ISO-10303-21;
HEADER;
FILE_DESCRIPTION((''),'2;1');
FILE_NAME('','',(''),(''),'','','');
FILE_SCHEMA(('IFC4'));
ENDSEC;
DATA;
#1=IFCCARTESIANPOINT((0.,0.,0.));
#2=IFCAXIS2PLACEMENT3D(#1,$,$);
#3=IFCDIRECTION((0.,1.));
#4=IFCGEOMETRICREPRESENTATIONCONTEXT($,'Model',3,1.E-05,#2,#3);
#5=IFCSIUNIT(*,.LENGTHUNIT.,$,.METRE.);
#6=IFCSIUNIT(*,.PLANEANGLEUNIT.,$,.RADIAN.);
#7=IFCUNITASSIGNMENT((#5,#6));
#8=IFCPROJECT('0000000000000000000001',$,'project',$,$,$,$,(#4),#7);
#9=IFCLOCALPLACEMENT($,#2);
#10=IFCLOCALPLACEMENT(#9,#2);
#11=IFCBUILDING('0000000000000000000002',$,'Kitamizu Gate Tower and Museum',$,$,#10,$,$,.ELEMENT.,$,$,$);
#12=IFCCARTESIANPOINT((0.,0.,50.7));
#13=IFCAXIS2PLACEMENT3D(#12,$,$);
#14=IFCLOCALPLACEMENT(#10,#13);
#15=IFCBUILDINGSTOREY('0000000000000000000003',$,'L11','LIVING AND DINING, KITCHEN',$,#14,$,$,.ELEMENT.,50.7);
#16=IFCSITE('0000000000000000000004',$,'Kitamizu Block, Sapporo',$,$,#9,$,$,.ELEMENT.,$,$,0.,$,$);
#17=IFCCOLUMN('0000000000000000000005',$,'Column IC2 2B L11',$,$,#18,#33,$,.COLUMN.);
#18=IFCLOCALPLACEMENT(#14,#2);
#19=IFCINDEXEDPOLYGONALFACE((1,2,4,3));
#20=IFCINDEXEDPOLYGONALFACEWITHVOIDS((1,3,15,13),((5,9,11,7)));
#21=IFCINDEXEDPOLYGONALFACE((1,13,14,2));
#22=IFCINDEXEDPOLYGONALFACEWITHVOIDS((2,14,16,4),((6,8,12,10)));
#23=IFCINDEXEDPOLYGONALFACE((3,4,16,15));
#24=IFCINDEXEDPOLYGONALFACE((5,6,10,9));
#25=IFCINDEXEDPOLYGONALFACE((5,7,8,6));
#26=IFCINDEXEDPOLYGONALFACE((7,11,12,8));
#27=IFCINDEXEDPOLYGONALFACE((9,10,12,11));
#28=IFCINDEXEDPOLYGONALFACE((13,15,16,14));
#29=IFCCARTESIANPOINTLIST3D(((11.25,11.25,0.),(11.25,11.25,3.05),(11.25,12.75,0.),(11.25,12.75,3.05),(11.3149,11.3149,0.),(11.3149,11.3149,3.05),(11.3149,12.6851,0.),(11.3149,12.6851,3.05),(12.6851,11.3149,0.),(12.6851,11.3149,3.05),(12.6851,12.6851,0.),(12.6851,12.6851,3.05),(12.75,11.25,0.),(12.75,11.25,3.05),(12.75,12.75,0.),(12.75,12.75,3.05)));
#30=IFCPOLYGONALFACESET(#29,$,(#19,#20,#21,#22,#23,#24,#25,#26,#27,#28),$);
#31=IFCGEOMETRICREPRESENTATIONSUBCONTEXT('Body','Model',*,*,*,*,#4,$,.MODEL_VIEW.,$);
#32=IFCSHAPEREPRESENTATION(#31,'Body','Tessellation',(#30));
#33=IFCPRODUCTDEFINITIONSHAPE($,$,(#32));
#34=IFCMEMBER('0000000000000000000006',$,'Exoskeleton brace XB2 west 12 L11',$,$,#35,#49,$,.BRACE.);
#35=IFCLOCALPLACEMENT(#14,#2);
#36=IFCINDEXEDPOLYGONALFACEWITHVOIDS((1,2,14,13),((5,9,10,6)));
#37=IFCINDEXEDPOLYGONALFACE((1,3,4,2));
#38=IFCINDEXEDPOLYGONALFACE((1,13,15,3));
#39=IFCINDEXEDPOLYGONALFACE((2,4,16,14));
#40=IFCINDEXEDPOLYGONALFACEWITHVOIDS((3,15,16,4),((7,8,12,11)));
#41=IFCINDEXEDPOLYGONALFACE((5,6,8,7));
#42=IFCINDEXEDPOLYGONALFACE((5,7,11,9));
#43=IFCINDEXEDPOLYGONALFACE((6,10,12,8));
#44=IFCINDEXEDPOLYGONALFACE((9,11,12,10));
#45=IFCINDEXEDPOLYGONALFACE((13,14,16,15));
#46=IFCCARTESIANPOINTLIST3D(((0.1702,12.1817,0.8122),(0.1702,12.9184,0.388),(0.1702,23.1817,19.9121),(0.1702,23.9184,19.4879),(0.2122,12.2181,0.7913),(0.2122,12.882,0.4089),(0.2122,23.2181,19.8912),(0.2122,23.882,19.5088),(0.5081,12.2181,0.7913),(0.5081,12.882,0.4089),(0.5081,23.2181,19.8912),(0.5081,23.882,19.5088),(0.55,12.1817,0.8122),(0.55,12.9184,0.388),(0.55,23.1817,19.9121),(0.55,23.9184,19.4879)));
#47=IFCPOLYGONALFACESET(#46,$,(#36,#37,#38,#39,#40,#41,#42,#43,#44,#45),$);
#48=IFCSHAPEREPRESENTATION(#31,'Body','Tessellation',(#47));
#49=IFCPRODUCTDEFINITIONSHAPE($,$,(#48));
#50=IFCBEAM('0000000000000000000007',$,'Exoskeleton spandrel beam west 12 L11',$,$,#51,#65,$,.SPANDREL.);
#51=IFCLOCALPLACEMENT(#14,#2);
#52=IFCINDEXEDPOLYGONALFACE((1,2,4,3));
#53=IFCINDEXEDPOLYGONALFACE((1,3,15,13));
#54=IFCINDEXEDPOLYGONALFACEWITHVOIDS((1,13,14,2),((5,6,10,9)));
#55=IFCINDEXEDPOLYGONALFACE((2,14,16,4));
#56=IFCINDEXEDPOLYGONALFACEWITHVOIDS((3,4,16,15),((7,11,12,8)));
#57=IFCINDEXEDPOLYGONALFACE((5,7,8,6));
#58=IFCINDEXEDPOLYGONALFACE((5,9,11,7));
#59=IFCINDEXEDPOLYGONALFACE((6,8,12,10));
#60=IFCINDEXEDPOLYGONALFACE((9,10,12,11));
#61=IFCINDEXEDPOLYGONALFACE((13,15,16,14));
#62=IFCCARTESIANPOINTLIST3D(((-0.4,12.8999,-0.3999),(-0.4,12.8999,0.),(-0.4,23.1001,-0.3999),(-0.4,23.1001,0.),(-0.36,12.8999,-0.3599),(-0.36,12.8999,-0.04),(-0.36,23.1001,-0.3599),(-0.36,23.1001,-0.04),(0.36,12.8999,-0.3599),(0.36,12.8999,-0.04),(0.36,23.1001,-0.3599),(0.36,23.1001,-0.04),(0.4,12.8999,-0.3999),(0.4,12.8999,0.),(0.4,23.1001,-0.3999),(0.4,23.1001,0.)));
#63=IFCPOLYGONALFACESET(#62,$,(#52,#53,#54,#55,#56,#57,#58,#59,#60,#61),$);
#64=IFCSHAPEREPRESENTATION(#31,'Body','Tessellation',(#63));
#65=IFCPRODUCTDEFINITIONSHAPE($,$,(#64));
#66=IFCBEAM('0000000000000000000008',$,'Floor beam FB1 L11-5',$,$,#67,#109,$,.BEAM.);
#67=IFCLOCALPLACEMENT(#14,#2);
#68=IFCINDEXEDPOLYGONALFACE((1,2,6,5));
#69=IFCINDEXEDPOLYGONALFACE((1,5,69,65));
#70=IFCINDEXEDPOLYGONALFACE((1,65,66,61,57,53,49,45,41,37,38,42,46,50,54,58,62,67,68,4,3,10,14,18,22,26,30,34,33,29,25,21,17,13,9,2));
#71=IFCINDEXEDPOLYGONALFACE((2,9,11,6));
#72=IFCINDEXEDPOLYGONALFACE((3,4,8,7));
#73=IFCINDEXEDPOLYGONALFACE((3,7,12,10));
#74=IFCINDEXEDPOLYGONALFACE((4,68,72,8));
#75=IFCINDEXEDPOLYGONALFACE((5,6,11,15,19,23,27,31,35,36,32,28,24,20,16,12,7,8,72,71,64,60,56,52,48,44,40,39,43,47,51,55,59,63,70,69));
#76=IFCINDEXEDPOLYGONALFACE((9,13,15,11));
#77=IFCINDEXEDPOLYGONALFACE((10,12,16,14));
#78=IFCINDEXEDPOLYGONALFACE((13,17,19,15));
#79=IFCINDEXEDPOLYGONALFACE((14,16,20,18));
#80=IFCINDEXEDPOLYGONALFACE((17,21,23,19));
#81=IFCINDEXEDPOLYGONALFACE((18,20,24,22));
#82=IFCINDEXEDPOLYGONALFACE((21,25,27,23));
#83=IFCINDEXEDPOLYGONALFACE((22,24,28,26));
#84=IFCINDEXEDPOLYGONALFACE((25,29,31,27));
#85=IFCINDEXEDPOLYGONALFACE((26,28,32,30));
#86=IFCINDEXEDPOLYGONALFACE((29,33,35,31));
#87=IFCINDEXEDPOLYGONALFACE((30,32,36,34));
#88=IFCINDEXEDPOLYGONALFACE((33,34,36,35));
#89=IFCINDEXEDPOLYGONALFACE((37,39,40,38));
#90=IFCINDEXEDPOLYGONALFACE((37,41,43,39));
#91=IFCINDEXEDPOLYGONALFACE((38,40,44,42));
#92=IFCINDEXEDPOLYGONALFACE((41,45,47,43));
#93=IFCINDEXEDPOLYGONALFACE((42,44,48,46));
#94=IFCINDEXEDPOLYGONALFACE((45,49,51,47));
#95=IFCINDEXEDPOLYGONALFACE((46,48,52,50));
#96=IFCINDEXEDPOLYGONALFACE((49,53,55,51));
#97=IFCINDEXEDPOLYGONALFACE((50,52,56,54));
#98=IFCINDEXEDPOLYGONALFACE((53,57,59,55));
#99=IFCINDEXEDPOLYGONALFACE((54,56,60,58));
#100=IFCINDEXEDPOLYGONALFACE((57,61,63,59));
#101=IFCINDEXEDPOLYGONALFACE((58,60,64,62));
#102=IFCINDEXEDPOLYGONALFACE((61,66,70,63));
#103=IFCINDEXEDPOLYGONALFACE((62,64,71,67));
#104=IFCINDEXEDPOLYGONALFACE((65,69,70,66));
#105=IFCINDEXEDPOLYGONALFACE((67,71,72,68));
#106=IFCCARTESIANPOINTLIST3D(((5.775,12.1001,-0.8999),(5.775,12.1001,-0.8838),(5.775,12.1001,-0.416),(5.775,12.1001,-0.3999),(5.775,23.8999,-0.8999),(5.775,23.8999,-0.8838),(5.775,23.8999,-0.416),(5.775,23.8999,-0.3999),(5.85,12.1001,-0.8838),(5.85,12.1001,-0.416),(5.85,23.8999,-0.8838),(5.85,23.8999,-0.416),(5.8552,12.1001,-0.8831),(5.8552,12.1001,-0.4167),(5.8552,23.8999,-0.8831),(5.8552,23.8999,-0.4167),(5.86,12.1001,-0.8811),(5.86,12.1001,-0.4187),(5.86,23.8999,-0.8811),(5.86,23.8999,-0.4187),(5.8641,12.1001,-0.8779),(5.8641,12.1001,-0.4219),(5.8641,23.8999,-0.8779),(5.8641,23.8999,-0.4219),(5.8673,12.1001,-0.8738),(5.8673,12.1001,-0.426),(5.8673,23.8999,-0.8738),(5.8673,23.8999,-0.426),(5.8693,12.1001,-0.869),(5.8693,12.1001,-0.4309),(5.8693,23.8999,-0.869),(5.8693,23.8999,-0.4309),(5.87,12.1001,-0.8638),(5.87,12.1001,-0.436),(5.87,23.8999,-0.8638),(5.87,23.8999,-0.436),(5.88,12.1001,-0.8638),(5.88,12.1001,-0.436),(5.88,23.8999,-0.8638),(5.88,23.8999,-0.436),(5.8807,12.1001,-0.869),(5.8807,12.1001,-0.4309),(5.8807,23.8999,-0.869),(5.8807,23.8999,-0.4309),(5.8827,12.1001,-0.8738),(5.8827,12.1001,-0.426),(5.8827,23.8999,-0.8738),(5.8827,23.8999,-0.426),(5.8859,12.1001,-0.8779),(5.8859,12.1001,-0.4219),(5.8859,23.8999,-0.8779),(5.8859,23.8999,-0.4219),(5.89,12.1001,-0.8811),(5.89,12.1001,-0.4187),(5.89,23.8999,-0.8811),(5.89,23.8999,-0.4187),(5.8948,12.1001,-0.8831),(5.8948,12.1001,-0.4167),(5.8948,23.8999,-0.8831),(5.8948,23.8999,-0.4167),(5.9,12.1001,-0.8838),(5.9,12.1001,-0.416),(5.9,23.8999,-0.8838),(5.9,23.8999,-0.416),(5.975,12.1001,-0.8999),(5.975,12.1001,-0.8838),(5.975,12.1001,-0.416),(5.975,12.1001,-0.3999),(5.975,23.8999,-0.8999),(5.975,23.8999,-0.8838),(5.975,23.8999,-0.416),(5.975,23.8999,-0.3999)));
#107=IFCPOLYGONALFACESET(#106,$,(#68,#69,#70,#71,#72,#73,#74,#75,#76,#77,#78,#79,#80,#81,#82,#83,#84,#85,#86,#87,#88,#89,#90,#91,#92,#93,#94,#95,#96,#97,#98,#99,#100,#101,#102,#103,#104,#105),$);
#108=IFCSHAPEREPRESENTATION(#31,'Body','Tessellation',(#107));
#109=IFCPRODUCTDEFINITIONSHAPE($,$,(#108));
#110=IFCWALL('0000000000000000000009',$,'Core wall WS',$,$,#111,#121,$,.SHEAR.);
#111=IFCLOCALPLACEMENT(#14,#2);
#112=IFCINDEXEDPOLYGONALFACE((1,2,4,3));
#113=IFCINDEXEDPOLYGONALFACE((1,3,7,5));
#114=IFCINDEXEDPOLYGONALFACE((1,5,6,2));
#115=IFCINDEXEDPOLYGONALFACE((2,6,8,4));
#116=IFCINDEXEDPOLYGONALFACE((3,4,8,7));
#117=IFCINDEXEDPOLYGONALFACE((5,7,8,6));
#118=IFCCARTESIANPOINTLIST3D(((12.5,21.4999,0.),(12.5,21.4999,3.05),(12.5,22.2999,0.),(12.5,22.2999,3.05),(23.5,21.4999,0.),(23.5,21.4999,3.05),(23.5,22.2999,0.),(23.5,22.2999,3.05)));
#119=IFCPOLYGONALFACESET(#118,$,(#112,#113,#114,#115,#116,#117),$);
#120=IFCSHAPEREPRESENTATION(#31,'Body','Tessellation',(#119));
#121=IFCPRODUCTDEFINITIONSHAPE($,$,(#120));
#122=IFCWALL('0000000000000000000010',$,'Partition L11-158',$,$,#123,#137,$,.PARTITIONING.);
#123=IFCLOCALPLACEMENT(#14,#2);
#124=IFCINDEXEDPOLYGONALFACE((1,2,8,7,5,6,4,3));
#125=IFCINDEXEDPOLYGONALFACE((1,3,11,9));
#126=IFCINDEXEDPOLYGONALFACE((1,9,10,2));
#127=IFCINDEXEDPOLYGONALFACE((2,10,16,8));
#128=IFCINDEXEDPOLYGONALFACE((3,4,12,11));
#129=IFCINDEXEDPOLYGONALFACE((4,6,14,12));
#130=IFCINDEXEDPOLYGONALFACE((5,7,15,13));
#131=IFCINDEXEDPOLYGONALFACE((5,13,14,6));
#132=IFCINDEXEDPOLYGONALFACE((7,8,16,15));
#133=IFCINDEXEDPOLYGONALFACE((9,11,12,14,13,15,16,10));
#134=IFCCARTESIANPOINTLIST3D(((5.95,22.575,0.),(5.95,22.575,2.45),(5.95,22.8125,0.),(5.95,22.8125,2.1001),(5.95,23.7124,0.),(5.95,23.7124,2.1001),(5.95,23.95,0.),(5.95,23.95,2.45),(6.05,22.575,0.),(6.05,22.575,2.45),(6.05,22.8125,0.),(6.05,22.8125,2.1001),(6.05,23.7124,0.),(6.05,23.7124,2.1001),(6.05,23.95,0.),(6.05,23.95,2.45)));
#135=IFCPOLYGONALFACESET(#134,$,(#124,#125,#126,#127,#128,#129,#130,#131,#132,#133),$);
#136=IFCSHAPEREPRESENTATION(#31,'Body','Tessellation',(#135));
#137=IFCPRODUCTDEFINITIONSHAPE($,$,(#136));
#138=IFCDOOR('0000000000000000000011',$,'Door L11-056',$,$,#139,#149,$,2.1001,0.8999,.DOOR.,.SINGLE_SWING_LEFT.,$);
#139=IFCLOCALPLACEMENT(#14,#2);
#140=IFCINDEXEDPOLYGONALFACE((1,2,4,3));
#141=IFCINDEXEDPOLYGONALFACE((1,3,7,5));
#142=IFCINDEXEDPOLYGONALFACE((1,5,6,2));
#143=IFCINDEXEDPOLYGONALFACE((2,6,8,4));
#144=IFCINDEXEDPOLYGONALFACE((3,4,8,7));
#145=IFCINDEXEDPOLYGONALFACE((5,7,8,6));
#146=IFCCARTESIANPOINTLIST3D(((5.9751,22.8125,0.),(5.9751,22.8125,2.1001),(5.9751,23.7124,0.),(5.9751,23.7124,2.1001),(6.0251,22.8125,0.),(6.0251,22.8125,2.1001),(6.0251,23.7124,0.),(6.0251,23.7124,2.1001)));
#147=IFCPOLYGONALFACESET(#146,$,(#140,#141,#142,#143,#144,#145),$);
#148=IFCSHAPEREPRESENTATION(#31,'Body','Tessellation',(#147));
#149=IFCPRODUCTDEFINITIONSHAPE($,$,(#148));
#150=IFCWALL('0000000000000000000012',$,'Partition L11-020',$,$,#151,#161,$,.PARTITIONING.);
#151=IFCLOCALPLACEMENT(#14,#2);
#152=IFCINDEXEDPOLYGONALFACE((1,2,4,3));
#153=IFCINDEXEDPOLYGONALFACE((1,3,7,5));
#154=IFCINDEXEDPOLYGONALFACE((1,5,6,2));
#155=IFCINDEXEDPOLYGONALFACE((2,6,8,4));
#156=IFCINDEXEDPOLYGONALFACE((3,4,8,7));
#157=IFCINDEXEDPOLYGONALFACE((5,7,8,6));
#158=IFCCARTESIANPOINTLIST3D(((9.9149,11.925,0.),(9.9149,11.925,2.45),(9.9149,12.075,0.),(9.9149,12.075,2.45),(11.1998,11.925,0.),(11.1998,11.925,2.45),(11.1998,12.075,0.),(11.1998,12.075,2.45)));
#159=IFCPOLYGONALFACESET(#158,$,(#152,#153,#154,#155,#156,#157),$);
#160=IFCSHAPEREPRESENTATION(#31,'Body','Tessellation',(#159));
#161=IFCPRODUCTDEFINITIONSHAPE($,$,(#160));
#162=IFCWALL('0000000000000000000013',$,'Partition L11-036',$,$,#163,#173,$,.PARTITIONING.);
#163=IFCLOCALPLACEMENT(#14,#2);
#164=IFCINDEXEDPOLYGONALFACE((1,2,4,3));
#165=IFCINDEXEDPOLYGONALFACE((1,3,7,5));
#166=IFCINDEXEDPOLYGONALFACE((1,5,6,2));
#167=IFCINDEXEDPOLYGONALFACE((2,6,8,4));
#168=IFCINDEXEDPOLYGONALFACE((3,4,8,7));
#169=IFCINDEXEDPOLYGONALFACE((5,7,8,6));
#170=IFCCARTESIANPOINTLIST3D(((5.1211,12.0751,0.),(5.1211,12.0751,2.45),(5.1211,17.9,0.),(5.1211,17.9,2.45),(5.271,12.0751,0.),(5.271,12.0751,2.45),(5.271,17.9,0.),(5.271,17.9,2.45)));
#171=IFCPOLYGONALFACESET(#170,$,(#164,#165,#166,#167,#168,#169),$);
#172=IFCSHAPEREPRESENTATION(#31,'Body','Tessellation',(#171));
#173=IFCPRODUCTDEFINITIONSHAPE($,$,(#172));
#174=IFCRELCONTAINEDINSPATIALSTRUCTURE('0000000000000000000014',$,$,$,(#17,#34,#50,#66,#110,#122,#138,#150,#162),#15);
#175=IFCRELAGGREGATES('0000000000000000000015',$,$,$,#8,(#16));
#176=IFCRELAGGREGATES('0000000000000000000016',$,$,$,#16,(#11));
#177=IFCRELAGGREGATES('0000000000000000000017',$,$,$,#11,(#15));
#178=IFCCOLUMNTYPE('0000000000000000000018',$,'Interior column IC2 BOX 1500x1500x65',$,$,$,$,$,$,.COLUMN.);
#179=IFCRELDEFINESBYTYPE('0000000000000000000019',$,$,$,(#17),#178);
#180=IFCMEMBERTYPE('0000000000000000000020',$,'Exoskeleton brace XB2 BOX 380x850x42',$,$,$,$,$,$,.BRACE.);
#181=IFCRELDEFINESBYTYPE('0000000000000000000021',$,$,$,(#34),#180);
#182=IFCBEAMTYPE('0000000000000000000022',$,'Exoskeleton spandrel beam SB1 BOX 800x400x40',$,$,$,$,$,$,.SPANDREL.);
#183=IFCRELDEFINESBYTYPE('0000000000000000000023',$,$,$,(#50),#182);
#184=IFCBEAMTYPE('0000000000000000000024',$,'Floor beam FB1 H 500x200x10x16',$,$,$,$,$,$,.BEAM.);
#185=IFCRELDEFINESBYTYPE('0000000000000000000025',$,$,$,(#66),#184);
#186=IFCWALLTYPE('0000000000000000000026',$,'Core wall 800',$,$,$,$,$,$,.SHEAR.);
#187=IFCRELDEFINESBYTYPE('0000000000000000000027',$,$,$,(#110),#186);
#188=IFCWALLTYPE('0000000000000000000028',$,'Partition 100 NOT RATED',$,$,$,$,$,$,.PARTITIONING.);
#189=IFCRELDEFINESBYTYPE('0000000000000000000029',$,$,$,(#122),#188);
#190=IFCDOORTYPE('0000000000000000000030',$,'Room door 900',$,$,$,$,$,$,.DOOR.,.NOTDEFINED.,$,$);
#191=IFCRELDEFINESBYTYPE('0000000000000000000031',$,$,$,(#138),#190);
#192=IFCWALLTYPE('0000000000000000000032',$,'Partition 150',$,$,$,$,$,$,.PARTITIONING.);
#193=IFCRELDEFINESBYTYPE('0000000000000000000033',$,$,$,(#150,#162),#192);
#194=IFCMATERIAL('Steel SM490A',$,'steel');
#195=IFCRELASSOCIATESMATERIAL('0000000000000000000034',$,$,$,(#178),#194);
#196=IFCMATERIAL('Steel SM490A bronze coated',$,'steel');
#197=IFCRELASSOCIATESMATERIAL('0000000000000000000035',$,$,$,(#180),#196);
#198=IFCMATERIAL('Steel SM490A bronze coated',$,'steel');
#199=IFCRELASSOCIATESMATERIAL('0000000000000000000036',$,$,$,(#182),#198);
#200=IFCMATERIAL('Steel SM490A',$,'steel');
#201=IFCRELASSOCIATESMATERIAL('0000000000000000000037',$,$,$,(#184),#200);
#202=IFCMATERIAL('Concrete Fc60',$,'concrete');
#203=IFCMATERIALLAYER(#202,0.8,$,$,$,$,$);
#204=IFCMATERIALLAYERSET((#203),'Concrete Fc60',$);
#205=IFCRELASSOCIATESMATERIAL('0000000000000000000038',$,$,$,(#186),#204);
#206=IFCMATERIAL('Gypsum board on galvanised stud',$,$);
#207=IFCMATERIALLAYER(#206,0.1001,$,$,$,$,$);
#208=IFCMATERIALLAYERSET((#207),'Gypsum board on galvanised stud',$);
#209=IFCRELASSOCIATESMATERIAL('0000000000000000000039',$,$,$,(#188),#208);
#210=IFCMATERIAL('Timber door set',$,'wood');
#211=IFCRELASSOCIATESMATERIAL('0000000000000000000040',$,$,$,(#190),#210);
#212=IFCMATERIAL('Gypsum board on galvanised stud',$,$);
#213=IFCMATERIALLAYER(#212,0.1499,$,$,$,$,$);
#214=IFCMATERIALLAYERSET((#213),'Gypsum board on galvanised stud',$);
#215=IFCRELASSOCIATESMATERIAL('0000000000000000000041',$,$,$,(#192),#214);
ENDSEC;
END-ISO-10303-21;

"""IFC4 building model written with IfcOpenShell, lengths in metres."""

from ifc_helpers import new_model, si_unit, direction, frame, frame_2d, origin, origin_2d, place, context, subcontext, project, spatial, rectangle, hollow_rectangle, i_section, extrude, material, layer, layer_set, material_profile, profile_set, type_object, element, fill, save


model = new_model("IFC4")

# Units and contexts
model_context = context("Model", 3, precision=1e-05, world=origin(), true_north=direction((0.0, 1.0)))
body_context = subcontext(model_context, "Body", "Model", "MODEL_VIEW")
ifc_project = project(units=[si_unit("LENGTHUNIT", "METRE"), si_unit("PLANEANGLEUNIT", "RADIAN")], contexts=[model_context])

# Site, building, storey
site_placement = place(None, origin())
site = spatial("IfcSite", under=ifc_project, at=site_placement, Name="Kitamizu Block, Sapporo", CompositionType="ELEMENT", RefElevation=0.0)
building_placement = place(site_placement, origin())
building = spatial("IfcBuilding", under=site, at=building_placement, Name="Kitamizu Gate Tower and Museum", CompositionType="ELEMENT")
storey_placement = place(building_placement, frame((0.0, 0.0, 50.7)))
storey = spatial("IfcBuildingStorey", under=building, at=storey_placement, Name="L11", Description="LIVING AND DINING, KITCHEN", CompositionType="ELEMENT", Elevation=50.7)

# Column
ifc_material_1 = material(Name="Steel SM490A", Category="steel")
ifc_material_profile_1 = material_profile(ifc_material_1, hollow_rectangle(XDim=1.5, YDim=1.5, WallThickness=0.0649, at=origin_2d()), Name="BOX 1500x1500x65")
ifc_profile_set_1 = profile_set([ifc_material_profile_1], Name="Steel SM490A")
column_type = type_object("IfcColumnType", Name="Interior column IC2 BOX 1500x1500x65", PredefinedType="COLUMN", material=ifc_profile_set_1)
column_placement = place(storey_placement, frame((12.0, 12.0, 0.0), z_axis=(0.0, 0.0, 1.0), x_axis=(1.0, 0.0, 0.0)))
element("IfcColumn", 1, at=column_placement, inside=storey, type_object=column_type, Name="Column IC2 2B L11", PredefinedType="COLUMN", context=body_context, shape_type="SweptSolid", body=[
    extrude(hollow_rectangle(XDim=1.5, YDim=1.5, WallThickness=0.0649, at=origin_2d()), origin(), (0.0, 0.0, 1.0), 3.05),
])

# Member
ifc_material_2 = material(Name="Steel SM490A bronze coated", Category="steel")
ifc_material_profile_2 = material_profile(ifc_material_2, hollow_rectangle(XDim=0.3799, YDim=0.8501, WallThickness=0.042, at=origin_2d()), Name="BOX 380x850x42")
ifc_profile_set_2 = profile_set([ifc_material_profile_2], Name="Steel SM490A bronze coated")
member_type = type_object("IfcMemberType", Name="Exoskeleton brace XB2 BOX 380x850x42", PredefinedType="BRACE", material=ifc_profile_set_2)
member_placement = place(storey_placement, frame((0.3601, 12.55, 0.6001), z_axis=(0.0, 0.499071, 0.866561), x_axis=(-1.0, 0.0, 0.0)))
element("IfcMember", 2, at=member_placement, inside=storey, type_object=member_type, Name="Exoskeleton brace XB2 west 12 L11", PredefinedType="BRACE", context=body_context, shape_type="SweptSolid", body=[
    extrude(hollow_rectangle(XDim=0.3799, YDim=0.8501, WallThickness=0.042, at=origin_2d()), origin(), (0.0, 0.0, 1.0), 22.041),
])

# Beams
ifc_material_3 = material(Name="Steel SM490A bronze coated", Category="steel")
ifc_material_profile_3 = material_profile(ifc_material_3, hollow_rectangle(XDim=0.8, YDim=0.3999, WallThickness=0.04, at=origin_2d()), Name="BOX 800x400x40")
ifc_profile_set_3 = profile_set([ifc_material_profile_3], Name="Steel SM490A bronze coated")
beam_type_1 = type_object("IfcBeamType", Name="Exoskeleton spandrel beam SB1 BOX 800x400x40", PredefinedType="SPANDREL", material=ifc_profile_set_3)
beam_1_placement = place(storey_placement, frame((0.0, 12.8999, -0.2), z_axis=(0.0, 1.0, 0.0), x_axis=(-1.0, 0.0, 0.0)))
element("IfcBeam", 3, at=beam_1_placement, inside=storey, type_object=beam_type_1, Name="Exoskeleton spandrel beam west 12 L11", PredefinedType="SPANDREL", context=body_context, shape_type="SweptSolid", body=[
    extrude(hollow_rectangle(XDim=0.8, YDim=0.3999, WallThickness=0.04, at=origin_2d()), origin(), (0.0, 0.0, 1.0), 10.2002),
])
ifc_material_4 = material(Name="Steel SM490A", Category="steel")
ifc_material_profile_4 = material_profile(ifc_material_4, i_section(OverallWidth=0.2, OverallDepth=0.5, WebThickness=0.01, FlangeThickness=0.0161, FilletRadius=0.02, at=origin_2d()), Name="H-500x200x10x16")
ifc_profile_set_4 = profile_set([ifc_material_profile_4], Name="Steel SM490A")
beam_type_2 = type_object("IfcBeamType", Name="Floor beam FB1 H 500x200x10x16", PredefinedType="BEAM", material=ifc_profile_set_4)
beam_2_placement = place(storey_placement, frame((5.875, 12.1001, -0.6499), z_axis=(0.0, 1.0, 0.0), x_axis=(-1.0, 0.0, 0.0)))
element("IfcBeam", 4, at=beam_2_placement, inside=storey, type_object=beam_type_2, Name="Floor beam FB1 L11-5", PredefinedType="BEAM", context=body_context, shape_type="SweptSolid", body=[
    extrude(i_section(OverallWidth=0.2, OverallDepth=0.5, WebThickness=0.01, FlangeThickness=0.0161, FilletRadius=0.02, at=origin_2d()), origin(), (0.0, 0.0, 1.0), 11.7998),
])

# Wall
ifc_material_5 = material(Name="Concrete Fc60", Category="concrete")
ifc_layer_1 = layer(ifc_material_5, 0.8)
ifc_layer_set_1 = layer_set([ifc_layer_1], Name="Concrete Fc60")
wall_type_1 = type_object("IfcWallType", Name="Core wall 800", PredefinedType="SHEAR", material=ifc_layer_set_1)
wall_1_placement = place(storey_placement, frame((12.5, 21.8999, 0.0), z_axis=(0.0, 0.0, 1.0), x_axis=(1.0, 0.0, 0.0)))
element("IfcWall", 5, at=wall_1_placement, inside=storey, type_object=wall_type_1, Name="Core wall WS", PredefinedType="SHEAR", context=body_context, shape_type="SweptSolid", body=[
    extrude(rectangle(XDim=11.0, YDim=0.8, at=frame_2d((5.5, 0.0))), origin(), (0.0, 0.0, 1.0), 3.05),
])

# Wall, opening, door
ifc_material_6 = material(Name="Gypsum board on galvanised stud")
ifc_layer_2 = layer(ifc_material_6, 0.1001)
ifc_layer_set_2 = layer_set([ifc_layer_2], Name="Gypsum board on galvanised stud")
wall_type_2 = type_object("IfcWallType", Name="Partition 100 NOT RATED", PredefinedType="PARTITIONING", material=ifc_layer_set_2)
wall_2_placement = place(storey_placement, frame((6.0, 22.575, 0.0), z_axis=(0.0, 0.0, 1.0), x_axis=(0.0, 1.0, 0.0)))
wall_2 = element("IfcWall", 6, at=wall_2_placement, inside=storey, type_object=wall_type_2, Name="Partition L11-158", PredefinedType="PARTITIONING", context=body_context, shape_type="SweptSolid", body=[
    extrude(rectangle(XDim=1.375, YDim=0.1001, at=frame_2d((0.6875, 0.0))), origin(), (0.0, 0.0, 1.0), 2.45),
])
opening_1_placement = place(wall_2_placement, frame((0.2375, 0.0, 0.0)))
opening_1 = element("IfcOpeningElement", 7, at=opening_1_placement, cuts=wall_2, PredefinedType="OPENING", context=body_context, shape_type="SweptSolid", body=[
    extrude(rectangle(XDim=0.8999, YDim=2.1001, at=frame_2d((0.45, 1.05))), frame((0.0, 0.0601, 0.0), z_axis=(0.0, -1.0, 0.0), x_axis=(1.0, 0.0, 0.0)), (0.0, 0.0, 1.0), 0.1201),
])
ifc_material_7 = material(Name="Timber door set", Category="wood")
door_type_1 = type_object("IfcDoorType", Name="Room door 900", OperationType="NOTDEFINED", PredefinedType="DOOR", material=ifc_material_7)
door_1_placement = place(opening_1_placement, origin())
door_1 = element("IfcDoor", 8, at=door_1_placement, inside=storey, type_object=door_type_1, Name="Door L11-056", OperationType="SINGLE_SWING_LEFT", OverallHeight=2.1001, OverallWidth=0.8999, PredefinedType="DOOR", context=body_context, shape_type="SweptSolid", body=[
    extrude(rectangle(XDim=0.8999, YDim=2.1001, at=frame_2d((0.45, 1.05))), frame((0.0, 0.0249, 0.0), z_axis=(0.0, -1.0, 0.0), x_axis=(1.0, 0.0, 0.0)), (0.0, 0.0, 1.0), 0.05),
])
fill(opening_1, door_1)

# Walls
ifc_material_8 = material(Name="Gypsum board on galvanised stud")
ifc_layer_3 = layer(ifc_material_8, 0.1499)
ifc_layer_set_3 = layer_set([ifc_layer_3], Name="Gypsum board on galvanised stud")
wall_type_3 = type_object("IfcWallType", Name="Partition 150", PredefinedType="PARTITIONING", material=ifc_layer_set_3)
wall_3_placement = place(storey_placement, frame((11.2, 12.0, 0.0), z_axis=(0.0, 0.0, 1.0), x_axis=(-1.0, 0.0, 0.0)))
element("IfcWall", 9, at=wall_3_placement, inside=storey, type_object=wall_type_3, Name="Partition L11-020", PredefinedType="PARTITIONING", context=body_context, shape_type="SweptSolid", body=[
    extrude(rectangle(XDim=1.2849, YDim=0.1499, at=frame_2d((0.6426, 0.0))), origin(), (0.0, 0.0, 1.0), 2.45),
])
wall_4_placement = place(storey_placement, frame((5.196, 12.075, 0.0), z_axis=(0.0, 0.0, 1.0), x_axis=(0.0, 1.0, 0.0)))
element("IfcWall", 10, at=wall_4_placement, inside=storey, type_object=wall_type_3, Name="Partition L11-036", PredefinedType="PARTITIONING", context=body_context, shape_type="SweptSolid", body=[
    extrude(rectangle(XDim=5.825, YDim=0.1499, at=frame_2d((2.9126, 0.0))), origin(), (0.0, 0.0, 1.0), 2.45),
])

save(model, "model.ifc")
